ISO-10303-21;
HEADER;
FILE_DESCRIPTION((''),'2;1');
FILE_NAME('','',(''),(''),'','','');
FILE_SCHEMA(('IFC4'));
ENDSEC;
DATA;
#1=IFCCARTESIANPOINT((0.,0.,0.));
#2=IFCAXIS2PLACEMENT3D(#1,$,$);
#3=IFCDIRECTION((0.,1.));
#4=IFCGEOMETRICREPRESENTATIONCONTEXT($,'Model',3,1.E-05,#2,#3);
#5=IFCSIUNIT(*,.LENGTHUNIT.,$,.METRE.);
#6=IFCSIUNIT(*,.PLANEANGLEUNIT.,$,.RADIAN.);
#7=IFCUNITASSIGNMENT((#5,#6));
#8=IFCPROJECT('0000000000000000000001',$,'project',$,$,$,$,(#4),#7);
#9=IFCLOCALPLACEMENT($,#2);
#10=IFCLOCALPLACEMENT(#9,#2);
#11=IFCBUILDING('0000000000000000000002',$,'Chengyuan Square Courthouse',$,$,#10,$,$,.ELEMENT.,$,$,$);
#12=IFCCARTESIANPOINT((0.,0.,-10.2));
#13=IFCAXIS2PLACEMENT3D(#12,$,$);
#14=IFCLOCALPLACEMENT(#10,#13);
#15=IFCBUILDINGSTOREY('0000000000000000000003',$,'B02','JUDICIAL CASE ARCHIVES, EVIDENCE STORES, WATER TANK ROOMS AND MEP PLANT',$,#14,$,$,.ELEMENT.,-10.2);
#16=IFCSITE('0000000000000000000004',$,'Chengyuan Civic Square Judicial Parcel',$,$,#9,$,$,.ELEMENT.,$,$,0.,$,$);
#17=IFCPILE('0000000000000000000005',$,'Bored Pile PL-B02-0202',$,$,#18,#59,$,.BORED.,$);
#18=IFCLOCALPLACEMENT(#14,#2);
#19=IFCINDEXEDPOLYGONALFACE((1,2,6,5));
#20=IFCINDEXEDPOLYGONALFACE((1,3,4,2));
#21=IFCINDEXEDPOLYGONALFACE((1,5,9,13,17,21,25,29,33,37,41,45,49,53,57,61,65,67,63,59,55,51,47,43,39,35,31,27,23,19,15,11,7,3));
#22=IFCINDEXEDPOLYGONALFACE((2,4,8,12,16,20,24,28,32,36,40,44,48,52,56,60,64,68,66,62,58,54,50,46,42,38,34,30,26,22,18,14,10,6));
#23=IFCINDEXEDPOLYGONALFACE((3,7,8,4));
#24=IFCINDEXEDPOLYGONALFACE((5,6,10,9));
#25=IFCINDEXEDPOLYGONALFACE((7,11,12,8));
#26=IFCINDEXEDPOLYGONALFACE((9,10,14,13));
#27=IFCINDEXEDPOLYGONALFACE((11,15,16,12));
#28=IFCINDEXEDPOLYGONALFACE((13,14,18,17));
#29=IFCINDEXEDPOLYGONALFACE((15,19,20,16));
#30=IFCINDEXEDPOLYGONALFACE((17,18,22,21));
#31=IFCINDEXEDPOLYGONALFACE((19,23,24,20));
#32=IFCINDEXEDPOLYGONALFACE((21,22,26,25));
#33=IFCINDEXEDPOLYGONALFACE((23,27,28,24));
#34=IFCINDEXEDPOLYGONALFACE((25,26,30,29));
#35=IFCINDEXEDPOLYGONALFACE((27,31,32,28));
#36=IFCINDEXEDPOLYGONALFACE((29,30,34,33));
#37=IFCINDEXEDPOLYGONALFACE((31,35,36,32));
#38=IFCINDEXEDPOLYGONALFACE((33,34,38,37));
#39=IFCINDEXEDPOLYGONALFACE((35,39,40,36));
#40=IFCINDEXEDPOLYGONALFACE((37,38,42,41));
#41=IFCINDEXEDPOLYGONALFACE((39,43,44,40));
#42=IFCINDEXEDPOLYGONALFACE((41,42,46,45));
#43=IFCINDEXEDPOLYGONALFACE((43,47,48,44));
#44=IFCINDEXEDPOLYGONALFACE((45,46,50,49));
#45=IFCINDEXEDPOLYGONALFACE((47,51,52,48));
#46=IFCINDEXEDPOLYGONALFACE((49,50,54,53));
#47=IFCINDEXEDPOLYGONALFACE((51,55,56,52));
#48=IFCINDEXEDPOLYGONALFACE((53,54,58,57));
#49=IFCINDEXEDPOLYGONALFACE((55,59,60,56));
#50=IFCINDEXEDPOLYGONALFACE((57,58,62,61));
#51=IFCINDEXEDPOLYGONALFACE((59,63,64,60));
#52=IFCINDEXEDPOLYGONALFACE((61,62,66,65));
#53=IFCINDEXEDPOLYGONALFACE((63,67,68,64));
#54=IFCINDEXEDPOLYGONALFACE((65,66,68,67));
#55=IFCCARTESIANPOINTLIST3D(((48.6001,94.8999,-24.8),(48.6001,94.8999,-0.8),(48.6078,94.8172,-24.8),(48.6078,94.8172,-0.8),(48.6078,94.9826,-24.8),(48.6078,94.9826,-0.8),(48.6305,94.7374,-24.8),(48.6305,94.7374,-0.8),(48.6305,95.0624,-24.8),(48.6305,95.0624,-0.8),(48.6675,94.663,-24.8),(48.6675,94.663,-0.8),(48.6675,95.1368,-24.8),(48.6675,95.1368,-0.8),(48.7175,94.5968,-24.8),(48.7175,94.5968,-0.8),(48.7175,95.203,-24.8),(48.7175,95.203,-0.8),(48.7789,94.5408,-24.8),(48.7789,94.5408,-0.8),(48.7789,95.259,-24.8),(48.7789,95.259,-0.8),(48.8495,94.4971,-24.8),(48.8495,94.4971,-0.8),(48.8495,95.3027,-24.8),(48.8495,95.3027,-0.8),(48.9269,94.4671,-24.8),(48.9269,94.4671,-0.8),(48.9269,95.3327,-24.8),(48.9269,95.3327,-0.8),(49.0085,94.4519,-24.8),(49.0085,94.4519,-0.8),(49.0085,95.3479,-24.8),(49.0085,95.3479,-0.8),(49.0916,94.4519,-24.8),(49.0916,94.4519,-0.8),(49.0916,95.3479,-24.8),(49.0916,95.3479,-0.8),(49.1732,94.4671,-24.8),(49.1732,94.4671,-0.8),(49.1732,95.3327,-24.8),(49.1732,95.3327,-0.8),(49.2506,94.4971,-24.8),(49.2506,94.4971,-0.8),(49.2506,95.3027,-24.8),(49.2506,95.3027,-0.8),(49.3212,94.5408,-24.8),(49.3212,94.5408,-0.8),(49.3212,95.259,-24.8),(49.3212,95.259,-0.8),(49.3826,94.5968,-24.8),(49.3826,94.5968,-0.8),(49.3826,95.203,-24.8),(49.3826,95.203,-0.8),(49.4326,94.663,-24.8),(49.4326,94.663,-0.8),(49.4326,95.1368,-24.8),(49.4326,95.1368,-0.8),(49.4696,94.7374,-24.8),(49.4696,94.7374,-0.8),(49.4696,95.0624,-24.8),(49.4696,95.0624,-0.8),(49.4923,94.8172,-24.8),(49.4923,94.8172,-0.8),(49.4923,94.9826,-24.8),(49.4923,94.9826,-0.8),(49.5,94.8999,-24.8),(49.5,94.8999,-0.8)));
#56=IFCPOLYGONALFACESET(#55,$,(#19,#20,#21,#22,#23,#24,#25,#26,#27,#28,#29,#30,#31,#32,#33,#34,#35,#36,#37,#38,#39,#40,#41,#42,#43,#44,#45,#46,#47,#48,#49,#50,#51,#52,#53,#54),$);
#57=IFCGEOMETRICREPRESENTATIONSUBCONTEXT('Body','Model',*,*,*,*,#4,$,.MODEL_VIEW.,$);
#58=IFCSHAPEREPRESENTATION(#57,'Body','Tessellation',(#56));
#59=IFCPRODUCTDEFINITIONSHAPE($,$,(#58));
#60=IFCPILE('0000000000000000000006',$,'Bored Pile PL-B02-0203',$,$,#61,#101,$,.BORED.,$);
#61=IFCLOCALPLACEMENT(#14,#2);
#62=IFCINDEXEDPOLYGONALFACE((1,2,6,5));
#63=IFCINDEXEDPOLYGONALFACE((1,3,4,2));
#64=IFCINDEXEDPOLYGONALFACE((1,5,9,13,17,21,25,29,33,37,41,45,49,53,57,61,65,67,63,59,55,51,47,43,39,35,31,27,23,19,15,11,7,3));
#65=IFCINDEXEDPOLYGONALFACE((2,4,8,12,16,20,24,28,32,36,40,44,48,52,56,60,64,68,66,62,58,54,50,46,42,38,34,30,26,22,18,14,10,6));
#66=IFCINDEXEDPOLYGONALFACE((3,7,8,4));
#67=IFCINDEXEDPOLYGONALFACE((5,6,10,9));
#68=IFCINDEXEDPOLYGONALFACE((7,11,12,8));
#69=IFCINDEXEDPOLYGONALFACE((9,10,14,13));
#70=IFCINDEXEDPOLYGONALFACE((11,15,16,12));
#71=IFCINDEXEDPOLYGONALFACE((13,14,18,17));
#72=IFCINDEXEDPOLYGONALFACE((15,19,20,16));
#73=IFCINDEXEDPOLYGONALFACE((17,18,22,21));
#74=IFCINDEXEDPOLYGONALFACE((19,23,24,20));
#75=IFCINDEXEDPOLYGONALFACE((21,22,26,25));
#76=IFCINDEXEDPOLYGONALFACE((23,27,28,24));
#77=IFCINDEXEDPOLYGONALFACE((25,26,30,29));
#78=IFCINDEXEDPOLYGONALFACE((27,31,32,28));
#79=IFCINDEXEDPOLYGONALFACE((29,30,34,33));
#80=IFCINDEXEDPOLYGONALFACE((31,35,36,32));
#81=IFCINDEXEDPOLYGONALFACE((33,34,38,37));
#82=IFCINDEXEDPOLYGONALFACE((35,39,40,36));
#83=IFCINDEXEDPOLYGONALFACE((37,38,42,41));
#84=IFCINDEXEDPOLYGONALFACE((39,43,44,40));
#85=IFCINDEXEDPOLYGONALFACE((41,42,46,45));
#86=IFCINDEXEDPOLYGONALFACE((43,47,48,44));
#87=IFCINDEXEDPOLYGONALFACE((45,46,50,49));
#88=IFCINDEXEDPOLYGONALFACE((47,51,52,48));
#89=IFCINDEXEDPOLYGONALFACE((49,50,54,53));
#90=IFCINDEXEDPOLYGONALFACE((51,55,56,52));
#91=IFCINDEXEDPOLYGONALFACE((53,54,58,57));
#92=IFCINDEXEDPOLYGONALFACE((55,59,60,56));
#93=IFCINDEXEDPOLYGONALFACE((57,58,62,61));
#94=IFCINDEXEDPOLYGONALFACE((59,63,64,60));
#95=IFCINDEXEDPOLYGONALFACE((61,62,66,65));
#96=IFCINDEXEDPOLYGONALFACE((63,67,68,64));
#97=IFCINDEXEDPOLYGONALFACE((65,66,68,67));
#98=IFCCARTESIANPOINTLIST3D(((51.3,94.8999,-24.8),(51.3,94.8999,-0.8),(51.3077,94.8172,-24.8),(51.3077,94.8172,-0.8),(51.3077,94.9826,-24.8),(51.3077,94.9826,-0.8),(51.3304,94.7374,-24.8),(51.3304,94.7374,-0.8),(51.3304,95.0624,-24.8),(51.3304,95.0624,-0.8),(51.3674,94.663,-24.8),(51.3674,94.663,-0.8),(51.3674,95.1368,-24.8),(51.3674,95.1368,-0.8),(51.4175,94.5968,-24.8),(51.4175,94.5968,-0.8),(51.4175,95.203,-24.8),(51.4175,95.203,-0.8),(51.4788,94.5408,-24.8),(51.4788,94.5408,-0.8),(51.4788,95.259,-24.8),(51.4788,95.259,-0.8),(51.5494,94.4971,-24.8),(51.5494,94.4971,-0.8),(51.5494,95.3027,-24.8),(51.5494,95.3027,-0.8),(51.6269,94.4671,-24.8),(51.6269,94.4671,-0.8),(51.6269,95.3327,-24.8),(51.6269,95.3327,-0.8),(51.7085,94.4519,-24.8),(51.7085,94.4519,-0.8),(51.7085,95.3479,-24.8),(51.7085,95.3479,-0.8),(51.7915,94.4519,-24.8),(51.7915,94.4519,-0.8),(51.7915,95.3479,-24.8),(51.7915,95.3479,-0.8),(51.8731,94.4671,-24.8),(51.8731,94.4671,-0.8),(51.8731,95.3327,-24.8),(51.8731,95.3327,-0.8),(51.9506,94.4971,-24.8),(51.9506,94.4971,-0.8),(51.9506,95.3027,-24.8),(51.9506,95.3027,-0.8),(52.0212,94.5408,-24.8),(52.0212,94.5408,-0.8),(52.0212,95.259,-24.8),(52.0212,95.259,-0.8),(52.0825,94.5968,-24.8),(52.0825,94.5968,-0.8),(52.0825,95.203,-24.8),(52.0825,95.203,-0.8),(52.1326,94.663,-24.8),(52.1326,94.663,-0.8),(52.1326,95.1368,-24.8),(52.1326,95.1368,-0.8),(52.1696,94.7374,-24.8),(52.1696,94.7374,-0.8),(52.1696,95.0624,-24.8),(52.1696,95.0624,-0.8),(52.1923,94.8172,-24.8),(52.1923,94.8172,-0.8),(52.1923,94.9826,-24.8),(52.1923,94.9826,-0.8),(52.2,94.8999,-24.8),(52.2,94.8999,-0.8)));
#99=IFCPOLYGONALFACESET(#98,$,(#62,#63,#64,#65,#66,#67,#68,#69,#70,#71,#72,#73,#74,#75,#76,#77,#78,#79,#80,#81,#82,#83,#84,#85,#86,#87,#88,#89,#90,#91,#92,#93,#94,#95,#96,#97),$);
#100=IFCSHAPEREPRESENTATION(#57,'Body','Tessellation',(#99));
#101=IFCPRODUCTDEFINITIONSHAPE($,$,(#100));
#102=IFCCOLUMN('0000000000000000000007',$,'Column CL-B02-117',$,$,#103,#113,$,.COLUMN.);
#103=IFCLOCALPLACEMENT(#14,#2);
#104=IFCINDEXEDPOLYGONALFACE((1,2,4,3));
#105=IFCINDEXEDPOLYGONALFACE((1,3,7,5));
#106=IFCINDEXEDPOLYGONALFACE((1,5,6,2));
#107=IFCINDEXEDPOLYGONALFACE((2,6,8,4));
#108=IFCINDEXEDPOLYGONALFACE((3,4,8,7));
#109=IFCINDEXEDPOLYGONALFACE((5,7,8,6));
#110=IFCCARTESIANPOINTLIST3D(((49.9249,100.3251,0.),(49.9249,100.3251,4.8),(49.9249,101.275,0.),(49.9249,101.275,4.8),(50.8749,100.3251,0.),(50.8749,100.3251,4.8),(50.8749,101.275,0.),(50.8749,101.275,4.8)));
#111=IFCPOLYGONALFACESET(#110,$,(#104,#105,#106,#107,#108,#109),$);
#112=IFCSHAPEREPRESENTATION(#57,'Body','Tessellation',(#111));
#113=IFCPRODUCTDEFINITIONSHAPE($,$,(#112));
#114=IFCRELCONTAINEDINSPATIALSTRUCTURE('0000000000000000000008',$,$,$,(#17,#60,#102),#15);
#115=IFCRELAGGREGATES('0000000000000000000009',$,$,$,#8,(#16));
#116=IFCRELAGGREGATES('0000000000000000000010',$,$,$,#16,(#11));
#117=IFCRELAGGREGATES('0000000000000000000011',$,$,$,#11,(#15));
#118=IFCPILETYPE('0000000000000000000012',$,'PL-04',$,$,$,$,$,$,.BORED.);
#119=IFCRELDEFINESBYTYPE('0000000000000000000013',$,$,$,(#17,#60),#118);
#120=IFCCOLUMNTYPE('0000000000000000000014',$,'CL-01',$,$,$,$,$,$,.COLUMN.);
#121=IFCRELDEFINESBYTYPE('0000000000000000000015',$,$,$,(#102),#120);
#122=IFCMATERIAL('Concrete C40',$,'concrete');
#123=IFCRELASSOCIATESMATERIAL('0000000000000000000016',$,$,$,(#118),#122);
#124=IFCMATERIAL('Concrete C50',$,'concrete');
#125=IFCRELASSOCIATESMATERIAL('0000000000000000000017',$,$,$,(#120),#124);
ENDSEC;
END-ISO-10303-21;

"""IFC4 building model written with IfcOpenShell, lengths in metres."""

from ifc_helpers import new_model, si_unit, direction, frame, origin, origin_2d, place, context, subcontext, project, spatial, rectangle, circle, extrude, material, material_profile, profile_set, type_object, element, save


model = new_model("IFC4")

# Units and contexts
model_context = context("Model", 3, precision=1e-05, world=origin(), true_north=direction((0.0, 1.0)))
body_context = subcontext(model_context, "Body", "Model", "MODEL_VIEW")
ifc_project = project(units=[si_unit("LENGTHUNIT", "METRE"), si_unit("PLANEANGLEUNIT", "RADIAN")], contexts=[model_context])

# Site, building, storey
site_placement = place(None, origin())
site = spatial("IfcSite", under=ifc_project, at=site_placement, Name="Chengyuan Civic Square Judicial Parcel", CompositionType="ELEMENT", RefElevation=0.0)
building_placement = place(site_placement, origin())
building = spatial("IfcBuilding", under=site, at=building_placement, Name="Chengyuan Square Courthouse", CompositionType="ELEMENT")
storey_placement = place(building_placement, frame((0.0, 0.0, -10.2)))
storey = spatial("IfcBuildingStorey", under=building, at=storey_placement, Name="B02", Description="JUDICIAL CASE ARCHIVES, EVIDENCE STORES, WATER TANK ROOMS AND MEP PLANT", CompositionType="ELEMENT", Elevation=-10.2)

# Shared definitions
ifc_material_1 = material(Name="Concrete C40", Category="concrete")

# Piles
ifc_material_profile_1 = material_profile(ifc_material_1, circle(Radius=0.45, at=origin_2d()), Name="BORED PILE D900")
ifc_profile_set_1 = profile_set([ifc_material_profile_1], Name="Concrete C40")
pile_type_1 = type_object("IfcPileType", Name="PL-04", PredefinedType="BORED", material=ifc_profile_set_1)
for number, where, z_axis, x_axis, name in (
    (1, (49.05, 94.8999, -0.8), (0.0, 0.0, -1.0), (1.0, 0.0, 0.0), "Bored Pile PL-B02-0202"),
    (2, (51.75, 94.8999, -0.8), (0.0, 0.0, -1.0), (1.0, 0.0, 0.0), "Bored Pile PL-B02-0203"),
):
    element("IfcPile", number, at=place(storey_placement, frame(where, z_axis=z_axis, x_axis=x_axis)), inside=storey, type_object=pile_type_1, Name=name, PredefinedType="BORED", context=body_context, shape_type="SweptSolid", body=[
        extrude(circle(Radius=0.45, at=origin_2d()), origin(), (0.0, 0.0, 1.0), 24.0),
    ])

# Column
ifc_material_2 = material(Name="Concrete C50", Category="concrete")
ifc_material_profile_2 = material_profile(ifc_material_2, rectangle(XDim=0.95, YDim=0.95, at=origin_2d()), Name="RC-COL-950x950")
ifc_profile_set_2 = profile_set([ifc_material_profile_2], Name="Concrete C50")
column_type = type_object("IfcColumnType", Name="CL-01", PredefinedType="COLUMN", material=ifc_profile_set_2)
column_placement = place(storey_placement, frame((50.3999, 100.8, 0.0), z_axis=(0.0, 0.0, 1.0), x_axis=(1.0, 0.0, 0.0)))
element("IfcColumn", 3, at=column_placement, inside=storey, type_object=column_type, Name="Column CL-B02-117", PredefinedType="COLUMN", context=body_context, shape_type="SweptSolid", body=[
    extrude(rectangle(XDim=0.95, YDim=0.95, at=origin_2d()), origin(), (0.0, 0.0, 1.0), 4.8),
])

save(model, "model.ifc")
